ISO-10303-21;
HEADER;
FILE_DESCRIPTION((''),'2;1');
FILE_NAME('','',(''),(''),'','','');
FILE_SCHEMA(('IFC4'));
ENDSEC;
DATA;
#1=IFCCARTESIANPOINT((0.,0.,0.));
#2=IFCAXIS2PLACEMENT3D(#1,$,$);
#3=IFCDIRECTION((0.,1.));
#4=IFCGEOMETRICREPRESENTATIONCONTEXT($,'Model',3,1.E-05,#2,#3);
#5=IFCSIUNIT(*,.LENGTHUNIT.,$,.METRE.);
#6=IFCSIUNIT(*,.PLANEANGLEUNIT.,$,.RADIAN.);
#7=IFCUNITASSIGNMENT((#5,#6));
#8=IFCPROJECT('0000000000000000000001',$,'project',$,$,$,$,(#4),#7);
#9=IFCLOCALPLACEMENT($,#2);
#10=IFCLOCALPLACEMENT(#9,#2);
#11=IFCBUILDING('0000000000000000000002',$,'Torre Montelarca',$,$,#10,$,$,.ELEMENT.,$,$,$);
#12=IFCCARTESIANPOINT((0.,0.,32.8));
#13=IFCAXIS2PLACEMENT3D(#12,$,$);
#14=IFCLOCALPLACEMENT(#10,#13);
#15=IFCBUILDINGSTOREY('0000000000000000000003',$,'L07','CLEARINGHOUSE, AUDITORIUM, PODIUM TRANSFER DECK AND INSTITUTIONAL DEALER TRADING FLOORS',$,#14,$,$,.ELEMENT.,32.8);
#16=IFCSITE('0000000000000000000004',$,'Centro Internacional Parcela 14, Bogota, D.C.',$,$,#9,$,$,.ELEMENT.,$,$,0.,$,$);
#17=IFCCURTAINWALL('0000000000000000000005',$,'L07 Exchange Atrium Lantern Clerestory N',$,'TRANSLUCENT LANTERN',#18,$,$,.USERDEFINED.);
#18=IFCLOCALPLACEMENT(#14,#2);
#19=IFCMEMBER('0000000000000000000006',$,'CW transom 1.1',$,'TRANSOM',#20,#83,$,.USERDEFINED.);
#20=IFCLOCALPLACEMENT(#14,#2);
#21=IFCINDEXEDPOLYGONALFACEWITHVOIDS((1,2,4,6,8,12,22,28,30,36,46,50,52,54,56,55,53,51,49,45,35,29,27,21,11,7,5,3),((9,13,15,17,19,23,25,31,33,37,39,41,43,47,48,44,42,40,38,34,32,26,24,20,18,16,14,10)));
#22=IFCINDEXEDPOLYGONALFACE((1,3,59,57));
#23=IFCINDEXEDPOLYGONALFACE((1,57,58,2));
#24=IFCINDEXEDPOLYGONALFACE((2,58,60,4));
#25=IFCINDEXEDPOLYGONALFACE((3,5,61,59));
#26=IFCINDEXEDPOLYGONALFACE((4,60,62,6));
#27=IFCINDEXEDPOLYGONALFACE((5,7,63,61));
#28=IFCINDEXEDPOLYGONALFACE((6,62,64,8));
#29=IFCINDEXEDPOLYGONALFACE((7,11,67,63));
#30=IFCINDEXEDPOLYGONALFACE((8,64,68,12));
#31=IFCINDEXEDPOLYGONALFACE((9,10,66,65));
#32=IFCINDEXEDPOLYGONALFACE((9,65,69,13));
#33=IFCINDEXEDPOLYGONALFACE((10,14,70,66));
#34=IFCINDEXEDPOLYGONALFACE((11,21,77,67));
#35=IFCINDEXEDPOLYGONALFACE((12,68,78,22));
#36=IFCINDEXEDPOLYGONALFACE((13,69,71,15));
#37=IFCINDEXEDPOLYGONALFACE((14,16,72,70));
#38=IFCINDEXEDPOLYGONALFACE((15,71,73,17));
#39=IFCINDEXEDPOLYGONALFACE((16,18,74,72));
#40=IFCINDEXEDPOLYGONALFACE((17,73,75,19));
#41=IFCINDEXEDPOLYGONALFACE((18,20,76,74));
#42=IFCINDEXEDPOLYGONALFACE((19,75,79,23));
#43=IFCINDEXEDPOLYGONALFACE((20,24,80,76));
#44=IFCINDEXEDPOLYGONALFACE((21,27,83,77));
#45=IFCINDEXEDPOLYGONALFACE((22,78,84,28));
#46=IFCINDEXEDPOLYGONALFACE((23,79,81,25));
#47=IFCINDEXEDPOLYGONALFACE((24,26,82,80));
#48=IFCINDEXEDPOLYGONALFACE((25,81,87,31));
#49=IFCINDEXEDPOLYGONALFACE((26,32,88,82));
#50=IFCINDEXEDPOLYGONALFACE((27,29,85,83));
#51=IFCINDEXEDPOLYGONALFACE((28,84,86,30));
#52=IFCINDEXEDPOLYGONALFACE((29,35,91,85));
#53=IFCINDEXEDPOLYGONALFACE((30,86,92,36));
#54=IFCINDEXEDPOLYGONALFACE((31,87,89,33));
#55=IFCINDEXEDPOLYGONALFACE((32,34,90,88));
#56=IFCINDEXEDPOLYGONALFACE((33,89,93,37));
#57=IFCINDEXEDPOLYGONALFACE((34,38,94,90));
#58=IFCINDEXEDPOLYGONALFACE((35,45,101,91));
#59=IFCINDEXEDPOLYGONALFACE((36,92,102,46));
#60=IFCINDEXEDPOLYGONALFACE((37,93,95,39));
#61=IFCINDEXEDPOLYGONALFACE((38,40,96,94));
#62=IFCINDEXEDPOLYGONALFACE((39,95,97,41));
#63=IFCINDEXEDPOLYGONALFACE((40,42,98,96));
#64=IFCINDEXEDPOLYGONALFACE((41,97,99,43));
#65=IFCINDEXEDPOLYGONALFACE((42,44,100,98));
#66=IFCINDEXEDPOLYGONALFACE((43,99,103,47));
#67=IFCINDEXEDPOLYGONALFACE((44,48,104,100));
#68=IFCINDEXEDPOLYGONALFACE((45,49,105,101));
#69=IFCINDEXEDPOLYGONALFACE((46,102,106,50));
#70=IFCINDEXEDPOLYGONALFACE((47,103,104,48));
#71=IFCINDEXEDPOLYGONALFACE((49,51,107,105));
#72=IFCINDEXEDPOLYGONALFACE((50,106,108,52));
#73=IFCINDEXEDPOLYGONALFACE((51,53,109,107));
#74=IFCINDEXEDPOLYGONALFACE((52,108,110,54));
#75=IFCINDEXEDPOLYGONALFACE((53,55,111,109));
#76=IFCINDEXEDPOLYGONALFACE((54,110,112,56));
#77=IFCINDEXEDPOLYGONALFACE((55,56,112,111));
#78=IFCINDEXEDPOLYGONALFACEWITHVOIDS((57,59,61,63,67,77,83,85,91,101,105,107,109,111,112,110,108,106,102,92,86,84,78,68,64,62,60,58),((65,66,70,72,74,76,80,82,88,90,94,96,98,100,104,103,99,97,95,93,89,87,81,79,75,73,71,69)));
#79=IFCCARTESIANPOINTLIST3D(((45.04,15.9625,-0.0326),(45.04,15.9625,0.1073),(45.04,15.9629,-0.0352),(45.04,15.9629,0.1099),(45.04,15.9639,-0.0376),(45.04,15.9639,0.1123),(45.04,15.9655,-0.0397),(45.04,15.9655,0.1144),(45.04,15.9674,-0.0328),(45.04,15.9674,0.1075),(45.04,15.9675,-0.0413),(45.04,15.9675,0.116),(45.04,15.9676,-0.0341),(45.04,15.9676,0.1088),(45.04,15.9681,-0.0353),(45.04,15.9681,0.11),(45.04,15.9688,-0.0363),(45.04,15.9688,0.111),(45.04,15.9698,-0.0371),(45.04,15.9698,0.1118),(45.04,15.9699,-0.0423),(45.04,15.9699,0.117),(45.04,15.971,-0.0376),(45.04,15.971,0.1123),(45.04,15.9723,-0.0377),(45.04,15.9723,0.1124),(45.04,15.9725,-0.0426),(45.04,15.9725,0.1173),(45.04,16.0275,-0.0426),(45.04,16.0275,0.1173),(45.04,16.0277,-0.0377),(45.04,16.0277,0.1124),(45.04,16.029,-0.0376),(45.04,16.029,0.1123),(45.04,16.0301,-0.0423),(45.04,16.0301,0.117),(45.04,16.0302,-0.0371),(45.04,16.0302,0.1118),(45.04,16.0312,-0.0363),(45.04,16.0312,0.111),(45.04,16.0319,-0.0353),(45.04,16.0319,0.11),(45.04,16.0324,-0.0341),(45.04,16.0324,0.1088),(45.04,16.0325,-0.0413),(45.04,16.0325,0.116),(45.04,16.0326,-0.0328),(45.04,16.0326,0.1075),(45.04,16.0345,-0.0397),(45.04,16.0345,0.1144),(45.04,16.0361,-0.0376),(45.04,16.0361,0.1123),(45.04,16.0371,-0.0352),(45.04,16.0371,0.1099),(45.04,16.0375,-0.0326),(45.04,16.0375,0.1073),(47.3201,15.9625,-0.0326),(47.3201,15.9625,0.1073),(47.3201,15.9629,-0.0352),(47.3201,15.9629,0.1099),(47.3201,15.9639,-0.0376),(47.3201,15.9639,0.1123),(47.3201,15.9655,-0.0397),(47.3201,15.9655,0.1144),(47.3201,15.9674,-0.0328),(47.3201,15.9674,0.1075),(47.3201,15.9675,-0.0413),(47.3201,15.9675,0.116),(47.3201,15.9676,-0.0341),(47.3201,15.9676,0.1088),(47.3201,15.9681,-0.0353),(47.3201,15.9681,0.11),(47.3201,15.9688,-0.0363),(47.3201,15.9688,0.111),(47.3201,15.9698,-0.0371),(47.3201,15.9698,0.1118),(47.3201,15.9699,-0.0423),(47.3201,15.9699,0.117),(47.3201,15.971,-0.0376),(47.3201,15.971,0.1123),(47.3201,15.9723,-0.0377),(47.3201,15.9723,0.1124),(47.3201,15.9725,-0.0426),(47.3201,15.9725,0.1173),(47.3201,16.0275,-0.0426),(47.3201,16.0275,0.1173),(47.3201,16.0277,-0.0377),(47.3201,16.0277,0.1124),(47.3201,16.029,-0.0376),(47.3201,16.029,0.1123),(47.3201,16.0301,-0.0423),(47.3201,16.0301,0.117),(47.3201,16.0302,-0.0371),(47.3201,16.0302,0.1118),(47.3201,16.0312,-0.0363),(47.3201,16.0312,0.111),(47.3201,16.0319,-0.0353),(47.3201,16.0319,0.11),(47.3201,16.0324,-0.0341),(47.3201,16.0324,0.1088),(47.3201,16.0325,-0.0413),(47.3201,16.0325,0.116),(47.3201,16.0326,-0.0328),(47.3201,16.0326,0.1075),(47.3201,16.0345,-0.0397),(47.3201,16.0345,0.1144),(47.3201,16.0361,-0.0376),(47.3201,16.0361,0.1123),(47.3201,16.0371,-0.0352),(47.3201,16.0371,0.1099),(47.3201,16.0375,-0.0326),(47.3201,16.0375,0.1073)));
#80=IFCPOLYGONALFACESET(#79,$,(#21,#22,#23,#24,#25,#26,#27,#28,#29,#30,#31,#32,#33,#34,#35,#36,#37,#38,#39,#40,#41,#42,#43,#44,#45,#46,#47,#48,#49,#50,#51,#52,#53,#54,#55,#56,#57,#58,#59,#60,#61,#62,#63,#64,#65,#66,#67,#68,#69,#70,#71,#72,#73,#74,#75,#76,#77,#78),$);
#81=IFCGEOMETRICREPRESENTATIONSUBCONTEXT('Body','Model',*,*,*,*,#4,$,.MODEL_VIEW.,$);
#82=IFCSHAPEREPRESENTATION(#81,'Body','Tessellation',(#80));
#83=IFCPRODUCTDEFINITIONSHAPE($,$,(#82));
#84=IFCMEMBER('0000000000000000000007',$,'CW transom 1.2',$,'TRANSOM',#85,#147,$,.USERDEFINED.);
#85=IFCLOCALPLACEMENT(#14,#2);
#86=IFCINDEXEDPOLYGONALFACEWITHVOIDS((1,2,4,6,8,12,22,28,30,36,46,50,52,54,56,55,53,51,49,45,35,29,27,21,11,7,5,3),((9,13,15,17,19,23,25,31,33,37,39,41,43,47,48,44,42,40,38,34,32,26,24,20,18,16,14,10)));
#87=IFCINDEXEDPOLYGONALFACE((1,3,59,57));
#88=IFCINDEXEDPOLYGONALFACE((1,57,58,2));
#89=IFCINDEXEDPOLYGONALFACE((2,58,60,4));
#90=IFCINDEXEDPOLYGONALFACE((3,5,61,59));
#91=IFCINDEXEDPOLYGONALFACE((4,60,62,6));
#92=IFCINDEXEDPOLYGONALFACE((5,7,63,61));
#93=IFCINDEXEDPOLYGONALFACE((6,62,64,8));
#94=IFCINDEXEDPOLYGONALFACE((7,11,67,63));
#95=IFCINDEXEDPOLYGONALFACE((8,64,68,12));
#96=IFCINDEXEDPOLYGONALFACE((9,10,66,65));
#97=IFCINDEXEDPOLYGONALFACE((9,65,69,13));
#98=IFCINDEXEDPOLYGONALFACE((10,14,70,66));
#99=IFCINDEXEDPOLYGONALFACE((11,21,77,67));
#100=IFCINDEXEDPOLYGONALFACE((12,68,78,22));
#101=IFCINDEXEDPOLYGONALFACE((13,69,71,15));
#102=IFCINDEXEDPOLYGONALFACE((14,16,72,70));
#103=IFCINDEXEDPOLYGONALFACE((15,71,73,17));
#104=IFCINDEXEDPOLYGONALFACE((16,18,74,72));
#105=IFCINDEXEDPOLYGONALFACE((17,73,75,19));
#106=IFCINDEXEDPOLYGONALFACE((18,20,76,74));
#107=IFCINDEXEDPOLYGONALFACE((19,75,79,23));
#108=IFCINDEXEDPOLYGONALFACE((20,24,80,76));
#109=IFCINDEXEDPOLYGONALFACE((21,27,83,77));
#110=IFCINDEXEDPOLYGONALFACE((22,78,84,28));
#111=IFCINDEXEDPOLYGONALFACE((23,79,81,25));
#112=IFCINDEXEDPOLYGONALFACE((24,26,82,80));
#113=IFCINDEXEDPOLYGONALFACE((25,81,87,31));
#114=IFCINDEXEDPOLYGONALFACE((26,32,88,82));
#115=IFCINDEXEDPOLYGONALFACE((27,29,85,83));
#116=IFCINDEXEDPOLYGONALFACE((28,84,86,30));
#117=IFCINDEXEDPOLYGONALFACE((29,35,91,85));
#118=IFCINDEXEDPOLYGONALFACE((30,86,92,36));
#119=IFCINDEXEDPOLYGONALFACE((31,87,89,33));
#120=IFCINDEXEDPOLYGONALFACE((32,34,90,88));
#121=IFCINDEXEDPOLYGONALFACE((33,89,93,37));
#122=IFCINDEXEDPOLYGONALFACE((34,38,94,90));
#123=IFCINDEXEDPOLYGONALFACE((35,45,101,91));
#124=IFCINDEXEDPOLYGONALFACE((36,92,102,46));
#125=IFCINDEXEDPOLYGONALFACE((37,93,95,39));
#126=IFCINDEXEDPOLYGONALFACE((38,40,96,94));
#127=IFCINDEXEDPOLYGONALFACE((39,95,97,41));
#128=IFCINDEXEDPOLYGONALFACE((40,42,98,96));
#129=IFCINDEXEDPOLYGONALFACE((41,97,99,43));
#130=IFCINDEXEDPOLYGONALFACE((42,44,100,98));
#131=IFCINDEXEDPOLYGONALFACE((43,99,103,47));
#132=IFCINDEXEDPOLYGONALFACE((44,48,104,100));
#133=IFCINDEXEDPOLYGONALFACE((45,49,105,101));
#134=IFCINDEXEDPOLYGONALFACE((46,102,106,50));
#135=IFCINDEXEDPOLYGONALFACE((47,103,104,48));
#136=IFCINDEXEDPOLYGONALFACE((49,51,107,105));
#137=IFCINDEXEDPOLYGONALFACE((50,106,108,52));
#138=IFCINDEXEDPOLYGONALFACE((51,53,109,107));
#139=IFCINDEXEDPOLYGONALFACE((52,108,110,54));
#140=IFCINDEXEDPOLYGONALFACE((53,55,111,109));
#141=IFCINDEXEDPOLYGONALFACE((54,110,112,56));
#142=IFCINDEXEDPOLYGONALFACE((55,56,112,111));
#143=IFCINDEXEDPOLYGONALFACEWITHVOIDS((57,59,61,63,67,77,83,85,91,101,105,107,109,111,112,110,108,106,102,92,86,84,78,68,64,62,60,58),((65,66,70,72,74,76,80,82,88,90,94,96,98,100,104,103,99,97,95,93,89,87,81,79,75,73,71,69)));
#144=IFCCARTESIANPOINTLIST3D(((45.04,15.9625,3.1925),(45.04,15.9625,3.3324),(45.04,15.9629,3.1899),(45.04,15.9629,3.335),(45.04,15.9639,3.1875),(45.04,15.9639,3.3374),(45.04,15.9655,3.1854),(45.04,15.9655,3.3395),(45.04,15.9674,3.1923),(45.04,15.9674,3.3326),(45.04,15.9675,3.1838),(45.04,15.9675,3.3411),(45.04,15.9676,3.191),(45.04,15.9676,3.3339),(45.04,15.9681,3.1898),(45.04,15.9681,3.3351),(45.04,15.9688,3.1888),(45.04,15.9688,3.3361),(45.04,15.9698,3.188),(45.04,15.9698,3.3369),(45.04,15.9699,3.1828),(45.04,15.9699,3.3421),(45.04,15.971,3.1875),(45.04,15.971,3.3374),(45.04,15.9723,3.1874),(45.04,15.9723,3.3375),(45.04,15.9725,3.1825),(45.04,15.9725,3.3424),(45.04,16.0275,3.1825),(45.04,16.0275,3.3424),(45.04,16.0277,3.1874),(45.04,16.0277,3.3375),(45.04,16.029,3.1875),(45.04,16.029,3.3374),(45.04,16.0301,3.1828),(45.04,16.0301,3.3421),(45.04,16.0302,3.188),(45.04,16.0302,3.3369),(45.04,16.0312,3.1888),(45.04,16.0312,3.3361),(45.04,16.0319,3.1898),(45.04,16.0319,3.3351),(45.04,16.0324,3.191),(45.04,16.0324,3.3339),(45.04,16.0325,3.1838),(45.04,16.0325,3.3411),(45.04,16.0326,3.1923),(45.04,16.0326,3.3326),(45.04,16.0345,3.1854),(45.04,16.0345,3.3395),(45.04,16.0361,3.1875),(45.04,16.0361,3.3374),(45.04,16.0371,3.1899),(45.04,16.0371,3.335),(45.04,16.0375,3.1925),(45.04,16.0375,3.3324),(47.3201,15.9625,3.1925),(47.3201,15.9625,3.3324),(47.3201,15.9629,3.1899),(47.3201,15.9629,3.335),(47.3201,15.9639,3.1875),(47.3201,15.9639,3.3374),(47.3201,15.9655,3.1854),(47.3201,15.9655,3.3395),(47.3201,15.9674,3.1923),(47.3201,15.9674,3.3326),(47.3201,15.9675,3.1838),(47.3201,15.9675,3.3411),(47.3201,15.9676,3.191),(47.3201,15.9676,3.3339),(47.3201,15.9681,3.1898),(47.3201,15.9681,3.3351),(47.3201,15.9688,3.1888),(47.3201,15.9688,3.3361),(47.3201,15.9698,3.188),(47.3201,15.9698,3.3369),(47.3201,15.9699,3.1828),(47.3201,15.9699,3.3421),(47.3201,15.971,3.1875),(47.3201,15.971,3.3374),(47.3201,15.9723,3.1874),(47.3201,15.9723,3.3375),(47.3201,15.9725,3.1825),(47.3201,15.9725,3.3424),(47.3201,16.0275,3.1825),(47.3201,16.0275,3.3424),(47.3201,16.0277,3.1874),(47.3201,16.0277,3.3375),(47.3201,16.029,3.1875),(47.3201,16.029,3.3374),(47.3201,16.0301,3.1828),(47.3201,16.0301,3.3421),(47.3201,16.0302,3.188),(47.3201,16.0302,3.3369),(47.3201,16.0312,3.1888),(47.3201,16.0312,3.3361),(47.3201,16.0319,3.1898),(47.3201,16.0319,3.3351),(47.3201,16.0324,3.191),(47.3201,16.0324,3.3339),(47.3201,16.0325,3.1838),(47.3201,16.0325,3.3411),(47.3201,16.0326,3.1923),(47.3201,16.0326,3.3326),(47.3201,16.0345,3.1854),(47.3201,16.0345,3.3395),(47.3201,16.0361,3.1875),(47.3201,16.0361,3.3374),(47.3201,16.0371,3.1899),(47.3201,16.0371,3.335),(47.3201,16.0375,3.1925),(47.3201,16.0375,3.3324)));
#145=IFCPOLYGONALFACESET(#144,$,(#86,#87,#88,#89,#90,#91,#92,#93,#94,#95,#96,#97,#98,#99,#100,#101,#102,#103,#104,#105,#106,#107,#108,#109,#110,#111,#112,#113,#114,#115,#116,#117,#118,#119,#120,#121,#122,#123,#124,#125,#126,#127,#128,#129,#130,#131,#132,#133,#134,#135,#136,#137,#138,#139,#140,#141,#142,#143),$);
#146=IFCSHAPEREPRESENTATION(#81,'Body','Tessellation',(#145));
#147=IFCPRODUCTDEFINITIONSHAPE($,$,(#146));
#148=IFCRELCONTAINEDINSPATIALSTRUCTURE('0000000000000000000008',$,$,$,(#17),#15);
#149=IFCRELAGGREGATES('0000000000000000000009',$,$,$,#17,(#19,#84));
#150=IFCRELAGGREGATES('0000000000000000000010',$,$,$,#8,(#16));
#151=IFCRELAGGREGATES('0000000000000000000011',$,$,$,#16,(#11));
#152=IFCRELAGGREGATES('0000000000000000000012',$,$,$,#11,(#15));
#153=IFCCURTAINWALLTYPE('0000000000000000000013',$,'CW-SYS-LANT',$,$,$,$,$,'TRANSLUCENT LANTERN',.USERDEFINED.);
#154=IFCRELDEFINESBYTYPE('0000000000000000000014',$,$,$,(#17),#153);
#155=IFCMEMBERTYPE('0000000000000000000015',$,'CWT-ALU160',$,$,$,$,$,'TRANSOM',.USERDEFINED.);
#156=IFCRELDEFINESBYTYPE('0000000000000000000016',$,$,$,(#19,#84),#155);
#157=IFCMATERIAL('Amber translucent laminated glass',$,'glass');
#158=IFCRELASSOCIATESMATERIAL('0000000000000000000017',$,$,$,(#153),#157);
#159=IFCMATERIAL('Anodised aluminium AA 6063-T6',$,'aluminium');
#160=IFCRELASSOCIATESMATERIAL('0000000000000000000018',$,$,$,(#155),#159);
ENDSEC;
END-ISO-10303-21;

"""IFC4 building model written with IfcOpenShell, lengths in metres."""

from ifc_helpers import new_model, si_unit, direction, frame, origin, origin_2d, place, context, subcontext, project, spatial, hollow_rectangle, extrude, source, transform, mapped, material, material_profile, profile_set, type_object, element, aggregate, save


model = new_model("IFC4")

# Units and contexts
model_context = context("Model", 3, precision=1e-05, world=origin(), true_north=direction((0.0, 1.0)))
body_context = subcontext(model_context, "Body", "Model", "MODEL_VIEW")
ifc_project = project(units=[si_unit("LENGTHUNIT", "METRE"), si_unit("PLANEANGLEUNIT", "RADIAN")], contexts=[model_context])

# Site, building, storey
site_placement = place(None, origin())
site = spatial("IfcSite", under=ifc_project, at=site_placement, Name="Centro Internacional Parcela 14, Bogota, D.C.", CompositionType="ELEMENT", RefElevation=0.0)
building_placement = place(site_placement, origin())
building = spatial("IfcBuilding", under=site, at=building_placement, Name="Torre Montelarca", CompositionType="ELEMENT")
storey_placement = place(building_placement, frame((0.0, 0.0, 32.8)))
storey = spatial("IfcBuildingStorey", under=building, at=storey_placement, Name="L07", Description="CLEARINGHOUSE, AUDITORIUM, PODIUM TRANSFER DECK AND INSTITUTIONAL DEALER TRADING FLOORS", CompositionType="ELEMENT", Elevation=32.8)

# Curtain wall
ifc_material_1 = material(Name="Amber translucent laminated glass", Category="glass")
curtain_wall_type = type_object("IfcCurtainWallType", Name="CW-SYS-LANT", ElementType="TRANSLUCENT LANTERN", PredefinedType="USERDEFINED", material=ifc_material_1)
ifc_material_2 = material(Name="Anodised aluminium AA 6063-T6", Category="aluminium")
curtain_wall_1_placement = place(storey_placement, origin())
curtain_wall_1 = element("IfcCurtainWall", 1, at=curtain_wall_1_placement, inside=storey, type_object=curtain_wall_type, Name="L07 Exchange Atrium Lantern Clerestory N", ObjectType="TRANSLUCENT LANTERN", PredefinedType="USERDEFINED")

# Members
ifc_material_profile_1 = material_profile(ifc_material_2, hollow_rectangle(XDim=0.075, YDim=0.1599, WallThickness=0.0049, InnerFilletRadius=0.0049, OuterFilletRadius=0.01, at=origin_2d()), Name="ALU75X160X5", Category="aluminium")
ifc_profile_set_1 = profile_set([ifc_material_profile_1], Name="Anodised aluminium AA 6063-T6")
member_type_1 = type_object("IfcMemberType", Name="CWT-ALU160", ElementType="TRANSOM", PredefinedType="USERDEFINED", material=ifc_profile_set_1)
shared_shape_1 = source(origin(), body_context, "Body", "SweptSolid", [
    extrude(hollow_rectangle(XDim=0.075, YDim=0.1599, WallThickness=0.0049, InnerFilletRadius=0.0049, OuterFilletRadius=0.01, at=origin_2d()), origin(), (0.0, 0.0, 1.0), 2.28),
])
member_1_placement = place(storey_placement, frame((47.3201, 16.0, 0.0374), z_axis=(-1.0, 0.0, 0.0), x_axis=(0.0, -1.0, 0.0)))
member_1 = element("IfcMember", 2, at=member_1_placement, type_object=member_type_1, Name="CW transom 1.1", ObjectType="TRANSOM", PredefinedType="USERDEFINED", context=body_context, shape_type="MappedRepresentation", body=[
    mapped(shared_shape_1, transform((0.0, 0.0, 0.0), scale=1.0)),
])
member_2_placement = place(storey_placement, frame((47.3201, 16.0, 3.2625), z_axis=(-1.0, 0.0, 0.0), x_axis=(0.0, -1.0, 0.0)))
member_2 = element("IfcMember", 3, at=member_2_placement, type_object=member_type_1, Name="CW transom 1.2", ObjectType="TRANSOM", PredefinedType="USERDEFINED", context=body_context, shape_type="MappedRepresentation", body=[
    mapped(shared_shape_1, transform((0.0, 0.0, 0.0), scale=1.0)),
])

aggregate(curtain_wall_1, [member_1, member_2])

save(model, "model.ifc")
